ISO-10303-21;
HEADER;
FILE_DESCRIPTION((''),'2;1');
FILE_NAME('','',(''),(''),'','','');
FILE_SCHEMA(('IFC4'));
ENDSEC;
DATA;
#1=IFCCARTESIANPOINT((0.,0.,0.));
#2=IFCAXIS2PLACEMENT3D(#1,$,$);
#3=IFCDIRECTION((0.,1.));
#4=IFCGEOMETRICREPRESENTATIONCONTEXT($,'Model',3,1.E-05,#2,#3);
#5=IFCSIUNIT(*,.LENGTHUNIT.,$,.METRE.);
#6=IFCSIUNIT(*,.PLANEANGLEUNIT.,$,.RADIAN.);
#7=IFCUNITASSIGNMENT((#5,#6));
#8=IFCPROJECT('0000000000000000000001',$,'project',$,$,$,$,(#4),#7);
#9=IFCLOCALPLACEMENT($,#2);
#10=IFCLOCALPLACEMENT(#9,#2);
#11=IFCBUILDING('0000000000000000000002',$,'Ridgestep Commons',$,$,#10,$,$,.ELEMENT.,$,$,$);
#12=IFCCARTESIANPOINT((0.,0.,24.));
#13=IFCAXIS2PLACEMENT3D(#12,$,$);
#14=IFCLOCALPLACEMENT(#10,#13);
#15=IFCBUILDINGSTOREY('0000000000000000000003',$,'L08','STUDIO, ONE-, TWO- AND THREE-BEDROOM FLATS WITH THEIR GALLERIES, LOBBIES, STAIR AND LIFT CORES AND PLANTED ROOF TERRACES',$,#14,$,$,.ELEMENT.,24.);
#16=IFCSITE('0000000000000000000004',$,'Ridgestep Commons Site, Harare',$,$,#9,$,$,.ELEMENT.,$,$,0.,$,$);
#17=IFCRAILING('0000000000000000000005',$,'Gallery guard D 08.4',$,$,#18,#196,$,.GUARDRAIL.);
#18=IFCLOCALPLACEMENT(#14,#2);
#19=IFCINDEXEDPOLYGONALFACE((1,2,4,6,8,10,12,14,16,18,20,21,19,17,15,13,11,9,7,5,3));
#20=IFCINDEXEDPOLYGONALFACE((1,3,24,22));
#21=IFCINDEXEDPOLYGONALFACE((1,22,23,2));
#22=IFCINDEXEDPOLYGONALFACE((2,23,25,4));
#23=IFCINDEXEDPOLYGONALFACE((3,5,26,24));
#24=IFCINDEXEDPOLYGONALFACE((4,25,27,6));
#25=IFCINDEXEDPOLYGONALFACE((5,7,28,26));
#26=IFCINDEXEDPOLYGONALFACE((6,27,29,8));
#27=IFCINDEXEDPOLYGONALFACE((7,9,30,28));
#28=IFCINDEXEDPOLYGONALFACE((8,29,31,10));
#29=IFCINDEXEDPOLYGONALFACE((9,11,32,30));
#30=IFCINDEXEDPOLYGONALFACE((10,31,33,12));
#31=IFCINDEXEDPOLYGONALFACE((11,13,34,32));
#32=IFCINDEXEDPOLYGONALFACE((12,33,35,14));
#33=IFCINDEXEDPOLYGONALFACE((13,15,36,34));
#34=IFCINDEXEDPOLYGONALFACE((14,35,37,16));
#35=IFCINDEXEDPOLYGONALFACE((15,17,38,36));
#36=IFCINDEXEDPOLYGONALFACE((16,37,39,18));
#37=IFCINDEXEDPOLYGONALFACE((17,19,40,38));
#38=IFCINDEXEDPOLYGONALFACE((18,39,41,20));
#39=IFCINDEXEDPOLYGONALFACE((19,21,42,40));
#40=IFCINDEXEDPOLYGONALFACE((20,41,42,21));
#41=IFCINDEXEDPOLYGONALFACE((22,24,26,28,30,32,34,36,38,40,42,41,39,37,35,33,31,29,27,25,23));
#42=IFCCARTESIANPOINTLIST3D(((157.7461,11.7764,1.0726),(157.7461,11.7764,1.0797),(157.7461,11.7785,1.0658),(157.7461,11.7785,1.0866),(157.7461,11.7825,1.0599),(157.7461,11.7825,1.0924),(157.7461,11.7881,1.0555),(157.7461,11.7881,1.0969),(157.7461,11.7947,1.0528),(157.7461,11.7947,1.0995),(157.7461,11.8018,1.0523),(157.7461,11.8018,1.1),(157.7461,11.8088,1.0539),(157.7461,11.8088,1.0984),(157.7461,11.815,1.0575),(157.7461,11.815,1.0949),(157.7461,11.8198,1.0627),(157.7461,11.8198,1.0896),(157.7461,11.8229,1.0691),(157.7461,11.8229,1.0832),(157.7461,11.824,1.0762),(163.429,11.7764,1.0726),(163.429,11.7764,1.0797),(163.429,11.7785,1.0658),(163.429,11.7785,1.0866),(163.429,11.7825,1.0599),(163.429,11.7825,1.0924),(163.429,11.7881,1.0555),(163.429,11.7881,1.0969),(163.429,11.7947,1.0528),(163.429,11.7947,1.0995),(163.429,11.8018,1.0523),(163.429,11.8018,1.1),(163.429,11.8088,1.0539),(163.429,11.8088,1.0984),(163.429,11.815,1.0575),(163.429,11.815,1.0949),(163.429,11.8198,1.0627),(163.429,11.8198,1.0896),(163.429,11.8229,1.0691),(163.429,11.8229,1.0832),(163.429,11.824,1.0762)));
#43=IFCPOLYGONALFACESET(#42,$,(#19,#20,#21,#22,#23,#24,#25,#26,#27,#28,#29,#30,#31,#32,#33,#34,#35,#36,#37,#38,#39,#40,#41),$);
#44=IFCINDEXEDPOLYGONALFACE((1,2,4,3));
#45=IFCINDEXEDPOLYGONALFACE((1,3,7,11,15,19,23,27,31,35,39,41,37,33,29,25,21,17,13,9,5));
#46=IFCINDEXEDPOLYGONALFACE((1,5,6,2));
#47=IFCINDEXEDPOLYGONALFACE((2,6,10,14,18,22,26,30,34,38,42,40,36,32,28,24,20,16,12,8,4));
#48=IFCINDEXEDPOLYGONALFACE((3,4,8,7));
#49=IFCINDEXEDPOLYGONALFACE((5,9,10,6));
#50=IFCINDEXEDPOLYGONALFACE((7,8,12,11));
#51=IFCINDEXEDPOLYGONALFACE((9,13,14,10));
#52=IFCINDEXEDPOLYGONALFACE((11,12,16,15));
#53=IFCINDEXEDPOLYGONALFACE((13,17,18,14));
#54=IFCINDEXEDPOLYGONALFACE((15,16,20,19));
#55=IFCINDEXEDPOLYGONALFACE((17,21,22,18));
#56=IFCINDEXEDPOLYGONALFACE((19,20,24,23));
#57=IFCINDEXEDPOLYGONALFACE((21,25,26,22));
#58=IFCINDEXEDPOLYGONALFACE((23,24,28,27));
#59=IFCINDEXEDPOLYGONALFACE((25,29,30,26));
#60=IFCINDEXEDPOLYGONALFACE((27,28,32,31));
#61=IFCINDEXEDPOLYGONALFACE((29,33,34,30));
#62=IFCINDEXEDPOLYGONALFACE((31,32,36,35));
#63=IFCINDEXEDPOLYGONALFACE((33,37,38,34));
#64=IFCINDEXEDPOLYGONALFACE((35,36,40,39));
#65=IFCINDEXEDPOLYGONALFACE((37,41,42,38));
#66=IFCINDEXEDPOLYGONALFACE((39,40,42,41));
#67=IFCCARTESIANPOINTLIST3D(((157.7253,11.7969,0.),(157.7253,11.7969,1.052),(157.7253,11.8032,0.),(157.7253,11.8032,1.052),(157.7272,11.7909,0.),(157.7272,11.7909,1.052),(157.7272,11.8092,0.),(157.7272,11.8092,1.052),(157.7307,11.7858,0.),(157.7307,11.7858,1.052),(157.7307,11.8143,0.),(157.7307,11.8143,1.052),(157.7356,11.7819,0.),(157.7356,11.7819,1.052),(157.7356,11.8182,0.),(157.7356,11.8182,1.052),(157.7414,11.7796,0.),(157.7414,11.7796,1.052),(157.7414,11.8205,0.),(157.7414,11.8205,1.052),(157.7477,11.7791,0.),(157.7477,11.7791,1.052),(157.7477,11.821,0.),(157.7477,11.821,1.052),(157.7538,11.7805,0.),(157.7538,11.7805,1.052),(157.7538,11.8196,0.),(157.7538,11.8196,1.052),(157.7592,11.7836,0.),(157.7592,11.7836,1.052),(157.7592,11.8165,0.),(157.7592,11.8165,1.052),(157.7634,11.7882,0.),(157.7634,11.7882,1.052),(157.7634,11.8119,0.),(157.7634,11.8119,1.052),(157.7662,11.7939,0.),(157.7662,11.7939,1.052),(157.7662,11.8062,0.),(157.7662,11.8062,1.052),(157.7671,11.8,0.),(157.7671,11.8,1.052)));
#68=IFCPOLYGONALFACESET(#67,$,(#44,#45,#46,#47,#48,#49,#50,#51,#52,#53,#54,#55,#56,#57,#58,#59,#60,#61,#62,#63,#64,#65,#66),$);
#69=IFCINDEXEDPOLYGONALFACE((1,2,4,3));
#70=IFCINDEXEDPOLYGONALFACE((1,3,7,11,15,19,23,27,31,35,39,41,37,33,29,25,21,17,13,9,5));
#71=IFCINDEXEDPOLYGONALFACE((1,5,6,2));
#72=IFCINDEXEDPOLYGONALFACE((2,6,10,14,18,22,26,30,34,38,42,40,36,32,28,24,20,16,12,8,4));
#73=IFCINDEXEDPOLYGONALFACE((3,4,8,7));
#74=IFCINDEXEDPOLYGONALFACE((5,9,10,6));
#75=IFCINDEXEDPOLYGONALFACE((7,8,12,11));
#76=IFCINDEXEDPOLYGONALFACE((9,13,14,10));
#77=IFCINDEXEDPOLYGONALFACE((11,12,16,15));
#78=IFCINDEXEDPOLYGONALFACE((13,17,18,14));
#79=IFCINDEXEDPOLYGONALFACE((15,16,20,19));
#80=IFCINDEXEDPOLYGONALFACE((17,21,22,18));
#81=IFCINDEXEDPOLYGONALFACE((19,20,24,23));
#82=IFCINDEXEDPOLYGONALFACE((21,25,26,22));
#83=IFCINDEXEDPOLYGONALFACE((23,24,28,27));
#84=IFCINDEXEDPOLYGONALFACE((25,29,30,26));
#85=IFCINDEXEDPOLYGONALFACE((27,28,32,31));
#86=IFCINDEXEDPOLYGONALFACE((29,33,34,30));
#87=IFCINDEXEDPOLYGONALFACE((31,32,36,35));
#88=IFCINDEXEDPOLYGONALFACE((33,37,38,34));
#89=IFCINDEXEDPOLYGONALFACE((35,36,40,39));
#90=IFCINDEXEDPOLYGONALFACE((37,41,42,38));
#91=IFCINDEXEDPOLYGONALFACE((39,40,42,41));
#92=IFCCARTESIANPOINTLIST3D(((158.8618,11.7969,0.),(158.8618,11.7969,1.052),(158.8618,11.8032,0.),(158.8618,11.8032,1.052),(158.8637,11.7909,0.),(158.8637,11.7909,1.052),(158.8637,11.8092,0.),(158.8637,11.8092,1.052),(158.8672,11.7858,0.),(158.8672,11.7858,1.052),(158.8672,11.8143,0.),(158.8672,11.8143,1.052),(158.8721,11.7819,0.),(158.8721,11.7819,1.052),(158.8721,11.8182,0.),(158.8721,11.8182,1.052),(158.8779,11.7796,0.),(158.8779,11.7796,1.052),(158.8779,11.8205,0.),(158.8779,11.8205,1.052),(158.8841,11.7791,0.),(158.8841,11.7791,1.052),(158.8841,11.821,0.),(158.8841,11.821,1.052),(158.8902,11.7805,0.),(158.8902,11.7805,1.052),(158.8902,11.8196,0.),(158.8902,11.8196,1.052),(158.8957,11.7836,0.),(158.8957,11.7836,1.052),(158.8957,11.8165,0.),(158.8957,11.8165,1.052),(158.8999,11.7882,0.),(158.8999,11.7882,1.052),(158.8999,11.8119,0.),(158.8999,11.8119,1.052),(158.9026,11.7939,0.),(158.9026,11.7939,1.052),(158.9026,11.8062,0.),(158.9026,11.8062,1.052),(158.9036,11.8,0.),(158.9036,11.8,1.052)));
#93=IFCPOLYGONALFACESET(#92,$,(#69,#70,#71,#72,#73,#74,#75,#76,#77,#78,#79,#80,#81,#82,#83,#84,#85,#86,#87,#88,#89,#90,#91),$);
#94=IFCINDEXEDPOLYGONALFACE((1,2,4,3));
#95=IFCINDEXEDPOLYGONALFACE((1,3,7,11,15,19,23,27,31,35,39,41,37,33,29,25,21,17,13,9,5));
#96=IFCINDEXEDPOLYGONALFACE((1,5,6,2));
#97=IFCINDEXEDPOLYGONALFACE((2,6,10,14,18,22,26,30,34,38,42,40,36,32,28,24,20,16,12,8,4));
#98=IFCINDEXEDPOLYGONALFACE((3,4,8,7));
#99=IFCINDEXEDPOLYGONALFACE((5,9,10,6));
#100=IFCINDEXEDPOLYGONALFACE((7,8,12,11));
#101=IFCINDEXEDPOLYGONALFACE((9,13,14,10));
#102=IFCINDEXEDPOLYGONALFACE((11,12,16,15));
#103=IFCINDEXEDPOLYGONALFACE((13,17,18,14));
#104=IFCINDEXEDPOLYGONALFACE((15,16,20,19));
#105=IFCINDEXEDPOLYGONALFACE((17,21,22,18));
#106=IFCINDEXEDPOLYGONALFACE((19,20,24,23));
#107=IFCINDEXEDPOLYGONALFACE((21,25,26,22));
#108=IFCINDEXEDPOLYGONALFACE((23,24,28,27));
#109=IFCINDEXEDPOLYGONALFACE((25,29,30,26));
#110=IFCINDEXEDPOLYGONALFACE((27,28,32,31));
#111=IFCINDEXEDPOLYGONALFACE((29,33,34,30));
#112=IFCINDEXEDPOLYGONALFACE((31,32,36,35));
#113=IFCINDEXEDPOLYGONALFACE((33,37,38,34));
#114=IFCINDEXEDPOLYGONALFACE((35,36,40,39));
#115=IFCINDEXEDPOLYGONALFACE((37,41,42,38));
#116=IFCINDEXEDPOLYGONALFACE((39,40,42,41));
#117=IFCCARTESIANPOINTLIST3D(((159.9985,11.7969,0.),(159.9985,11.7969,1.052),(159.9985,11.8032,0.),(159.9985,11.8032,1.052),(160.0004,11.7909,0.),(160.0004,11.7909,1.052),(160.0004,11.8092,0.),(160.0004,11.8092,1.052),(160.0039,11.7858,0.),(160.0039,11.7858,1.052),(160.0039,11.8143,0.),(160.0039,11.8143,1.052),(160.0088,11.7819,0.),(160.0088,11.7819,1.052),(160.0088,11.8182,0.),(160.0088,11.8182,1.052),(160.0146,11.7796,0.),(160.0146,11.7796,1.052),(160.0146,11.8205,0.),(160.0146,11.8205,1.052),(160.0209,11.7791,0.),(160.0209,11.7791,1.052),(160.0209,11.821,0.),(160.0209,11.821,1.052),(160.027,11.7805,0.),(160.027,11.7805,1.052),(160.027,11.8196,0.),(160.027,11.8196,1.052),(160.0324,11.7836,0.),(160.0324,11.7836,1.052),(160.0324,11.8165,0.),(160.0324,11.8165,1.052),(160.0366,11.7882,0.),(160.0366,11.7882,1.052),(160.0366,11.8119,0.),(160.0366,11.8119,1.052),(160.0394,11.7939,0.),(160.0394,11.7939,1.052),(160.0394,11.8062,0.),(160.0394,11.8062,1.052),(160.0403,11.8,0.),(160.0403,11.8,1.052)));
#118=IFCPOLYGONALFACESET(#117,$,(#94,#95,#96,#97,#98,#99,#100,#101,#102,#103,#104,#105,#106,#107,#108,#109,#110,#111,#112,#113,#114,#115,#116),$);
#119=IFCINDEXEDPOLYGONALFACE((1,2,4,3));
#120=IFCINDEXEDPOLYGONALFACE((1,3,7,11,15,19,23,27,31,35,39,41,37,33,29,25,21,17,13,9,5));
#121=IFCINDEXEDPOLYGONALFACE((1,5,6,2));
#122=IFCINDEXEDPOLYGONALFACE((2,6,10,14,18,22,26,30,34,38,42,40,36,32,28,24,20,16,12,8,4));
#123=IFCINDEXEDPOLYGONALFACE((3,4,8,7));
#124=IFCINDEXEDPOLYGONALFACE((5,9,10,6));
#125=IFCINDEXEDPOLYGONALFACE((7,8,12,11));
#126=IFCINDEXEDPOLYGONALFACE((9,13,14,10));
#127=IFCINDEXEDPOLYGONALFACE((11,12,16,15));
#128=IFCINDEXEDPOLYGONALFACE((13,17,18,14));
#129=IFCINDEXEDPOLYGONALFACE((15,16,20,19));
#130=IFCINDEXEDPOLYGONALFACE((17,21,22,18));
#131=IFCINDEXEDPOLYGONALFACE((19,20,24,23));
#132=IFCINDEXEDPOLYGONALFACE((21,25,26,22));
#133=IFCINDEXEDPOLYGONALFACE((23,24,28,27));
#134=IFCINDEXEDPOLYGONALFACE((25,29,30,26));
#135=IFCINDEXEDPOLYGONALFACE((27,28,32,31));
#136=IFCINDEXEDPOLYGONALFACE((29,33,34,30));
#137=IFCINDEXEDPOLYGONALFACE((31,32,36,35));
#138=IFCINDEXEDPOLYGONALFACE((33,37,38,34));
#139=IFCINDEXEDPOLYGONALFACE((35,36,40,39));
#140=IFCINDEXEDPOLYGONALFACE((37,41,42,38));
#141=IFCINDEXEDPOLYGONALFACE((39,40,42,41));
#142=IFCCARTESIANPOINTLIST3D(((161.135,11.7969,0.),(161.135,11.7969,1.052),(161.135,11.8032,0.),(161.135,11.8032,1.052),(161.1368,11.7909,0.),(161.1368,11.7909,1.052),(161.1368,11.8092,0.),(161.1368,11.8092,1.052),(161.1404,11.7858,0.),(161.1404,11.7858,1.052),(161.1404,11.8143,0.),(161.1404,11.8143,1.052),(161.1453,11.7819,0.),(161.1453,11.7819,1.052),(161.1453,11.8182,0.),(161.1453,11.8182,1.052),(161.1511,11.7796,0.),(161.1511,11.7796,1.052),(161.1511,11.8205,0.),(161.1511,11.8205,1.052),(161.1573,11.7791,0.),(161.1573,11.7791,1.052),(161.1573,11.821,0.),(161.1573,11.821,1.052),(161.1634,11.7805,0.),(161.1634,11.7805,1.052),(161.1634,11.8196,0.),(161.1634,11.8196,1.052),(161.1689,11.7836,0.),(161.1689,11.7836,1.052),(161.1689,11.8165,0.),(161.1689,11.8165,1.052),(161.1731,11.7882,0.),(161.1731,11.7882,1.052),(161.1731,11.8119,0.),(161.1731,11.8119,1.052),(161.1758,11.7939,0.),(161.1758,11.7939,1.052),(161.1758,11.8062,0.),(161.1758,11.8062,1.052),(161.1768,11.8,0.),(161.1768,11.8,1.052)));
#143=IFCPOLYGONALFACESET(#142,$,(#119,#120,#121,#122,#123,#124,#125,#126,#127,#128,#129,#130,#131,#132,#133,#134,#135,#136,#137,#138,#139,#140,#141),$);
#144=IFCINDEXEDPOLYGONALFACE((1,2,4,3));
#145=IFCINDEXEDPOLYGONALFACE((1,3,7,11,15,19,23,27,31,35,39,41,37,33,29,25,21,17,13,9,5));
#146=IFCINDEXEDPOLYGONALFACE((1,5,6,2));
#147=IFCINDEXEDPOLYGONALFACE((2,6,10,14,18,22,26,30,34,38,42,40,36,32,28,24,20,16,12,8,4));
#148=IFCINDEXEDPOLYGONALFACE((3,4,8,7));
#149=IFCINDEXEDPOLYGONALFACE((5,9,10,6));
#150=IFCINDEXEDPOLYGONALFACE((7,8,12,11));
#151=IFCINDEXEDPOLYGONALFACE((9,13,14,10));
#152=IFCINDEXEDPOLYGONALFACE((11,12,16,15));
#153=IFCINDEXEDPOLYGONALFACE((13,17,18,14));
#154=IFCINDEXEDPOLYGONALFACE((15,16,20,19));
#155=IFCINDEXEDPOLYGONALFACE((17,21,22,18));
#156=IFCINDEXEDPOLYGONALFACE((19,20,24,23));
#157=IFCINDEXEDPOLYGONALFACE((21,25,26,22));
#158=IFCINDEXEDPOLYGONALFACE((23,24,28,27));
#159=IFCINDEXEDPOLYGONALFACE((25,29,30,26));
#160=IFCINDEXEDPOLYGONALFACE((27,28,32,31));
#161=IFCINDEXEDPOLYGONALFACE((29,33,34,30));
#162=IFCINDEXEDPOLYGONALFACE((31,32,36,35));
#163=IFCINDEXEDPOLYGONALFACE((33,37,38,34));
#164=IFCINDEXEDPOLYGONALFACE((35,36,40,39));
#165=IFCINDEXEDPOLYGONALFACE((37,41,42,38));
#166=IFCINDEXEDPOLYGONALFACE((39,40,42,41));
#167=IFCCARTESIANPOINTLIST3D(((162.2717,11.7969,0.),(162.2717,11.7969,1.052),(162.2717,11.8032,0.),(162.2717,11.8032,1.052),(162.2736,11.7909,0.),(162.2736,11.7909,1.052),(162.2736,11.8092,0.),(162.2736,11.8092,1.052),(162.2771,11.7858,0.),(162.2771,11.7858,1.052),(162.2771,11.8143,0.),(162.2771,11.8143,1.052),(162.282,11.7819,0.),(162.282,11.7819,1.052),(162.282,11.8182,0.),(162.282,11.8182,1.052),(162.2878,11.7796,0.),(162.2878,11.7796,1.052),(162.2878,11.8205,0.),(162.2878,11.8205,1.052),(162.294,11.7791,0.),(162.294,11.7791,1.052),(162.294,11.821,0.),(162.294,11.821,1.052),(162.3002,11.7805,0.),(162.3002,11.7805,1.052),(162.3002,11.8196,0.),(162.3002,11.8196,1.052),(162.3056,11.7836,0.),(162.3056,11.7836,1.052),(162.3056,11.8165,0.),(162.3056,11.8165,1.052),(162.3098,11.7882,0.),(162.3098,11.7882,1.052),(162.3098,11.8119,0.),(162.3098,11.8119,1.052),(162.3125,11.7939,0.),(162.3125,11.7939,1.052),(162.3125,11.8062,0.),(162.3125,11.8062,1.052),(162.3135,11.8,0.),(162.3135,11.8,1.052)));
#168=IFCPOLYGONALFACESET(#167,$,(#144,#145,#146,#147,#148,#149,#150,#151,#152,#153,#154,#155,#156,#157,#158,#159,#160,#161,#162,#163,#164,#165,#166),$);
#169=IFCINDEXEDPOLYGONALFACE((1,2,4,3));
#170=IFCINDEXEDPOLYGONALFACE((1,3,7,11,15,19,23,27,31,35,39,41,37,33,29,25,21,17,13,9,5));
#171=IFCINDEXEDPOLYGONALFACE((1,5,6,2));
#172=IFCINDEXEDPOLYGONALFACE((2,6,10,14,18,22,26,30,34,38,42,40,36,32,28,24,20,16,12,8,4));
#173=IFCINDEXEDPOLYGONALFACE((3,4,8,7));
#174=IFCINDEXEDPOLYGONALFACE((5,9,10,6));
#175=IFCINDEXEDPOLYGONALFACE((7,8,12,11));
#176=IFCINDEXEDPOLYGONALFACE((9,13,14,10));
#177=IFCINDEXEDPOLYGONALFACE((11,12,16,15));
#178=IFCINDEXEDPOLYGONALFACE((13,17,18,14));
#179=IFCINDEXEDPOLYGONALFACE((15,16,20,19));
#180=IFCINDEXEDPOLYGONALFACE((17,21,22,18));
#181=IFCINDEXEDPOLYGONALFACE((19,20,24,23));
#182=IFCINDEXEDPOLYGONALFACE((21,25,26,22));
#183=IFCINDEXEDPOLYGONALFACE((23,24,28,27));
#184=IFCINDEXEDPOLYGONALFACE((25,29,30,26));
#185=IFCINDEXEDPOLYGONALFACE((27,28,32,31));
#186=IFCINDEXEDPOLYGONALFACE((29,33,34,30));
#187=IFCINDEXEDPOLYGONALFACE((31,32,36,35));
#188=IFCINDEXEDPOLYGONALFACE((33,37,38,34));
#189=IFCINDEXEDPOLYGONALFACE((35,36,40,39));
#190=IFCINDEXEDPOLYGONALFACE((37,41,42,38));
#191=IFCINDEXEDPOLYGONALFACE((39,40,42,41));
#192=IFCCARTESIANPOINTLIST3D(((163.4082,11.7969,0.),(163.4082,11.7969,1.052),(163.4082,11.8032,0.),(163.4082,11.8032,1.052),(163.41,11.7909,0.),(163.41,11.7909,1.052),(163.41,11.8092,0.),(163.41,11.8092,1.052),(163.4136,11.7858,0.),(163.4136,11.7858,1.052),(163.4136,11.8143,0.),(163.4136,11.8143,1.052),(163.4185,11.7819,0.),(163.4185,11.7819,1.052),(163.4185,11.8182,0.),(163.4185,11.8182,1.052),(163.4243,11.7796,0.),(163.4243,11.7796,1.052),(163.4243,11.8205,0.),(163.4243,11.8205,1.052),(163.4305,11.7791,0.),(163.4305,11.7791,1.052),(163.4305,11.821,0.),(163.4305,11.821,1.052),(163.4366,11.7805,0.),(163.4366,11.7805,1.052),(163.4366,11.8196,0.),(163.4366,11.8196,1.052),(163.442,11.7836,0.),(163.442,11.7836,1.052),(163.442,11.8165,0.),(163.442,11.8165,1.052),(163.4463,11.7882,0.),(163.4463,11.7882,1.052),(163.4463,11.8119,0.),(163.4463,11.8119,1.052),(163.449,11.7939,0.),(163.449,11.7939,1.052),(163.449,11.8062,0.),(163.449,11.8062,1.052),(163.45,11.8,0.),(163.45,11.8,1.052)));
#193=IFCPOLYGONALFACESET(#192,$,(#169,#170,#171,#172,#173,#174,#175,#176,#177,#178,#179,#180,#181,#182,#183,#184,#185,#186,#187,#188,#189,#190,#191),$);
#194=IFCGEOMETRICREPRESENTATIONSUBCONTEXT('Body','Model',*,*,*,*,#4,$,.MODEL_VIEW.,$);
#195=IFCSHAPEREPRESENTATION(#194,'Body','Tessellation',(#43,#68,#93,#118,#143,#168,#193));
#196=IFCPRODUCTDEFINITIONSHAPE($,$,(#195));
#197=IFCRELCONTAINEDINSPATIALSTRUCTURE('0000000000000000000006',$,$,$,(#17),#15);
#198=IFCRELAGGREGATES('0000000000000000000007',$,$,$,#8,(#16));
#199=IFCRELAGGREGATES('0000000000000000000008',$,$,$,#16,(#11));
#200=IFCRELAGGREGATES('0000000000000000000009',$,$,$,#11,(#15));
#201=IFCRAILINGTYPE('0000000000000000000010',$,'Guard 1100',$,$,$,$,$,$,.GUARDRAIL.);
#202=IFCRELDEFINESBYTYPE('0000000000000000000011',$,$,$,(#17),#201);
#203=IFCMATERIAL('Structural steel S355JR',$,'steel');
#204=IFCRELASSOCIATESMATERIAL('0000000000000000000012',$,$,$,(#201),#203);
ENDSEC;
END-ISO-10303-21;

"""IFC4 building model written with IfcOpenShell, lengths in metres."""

from ifc_helpers import new_model, si_unit, direction, frame, origin, origin_2d, place, context, subcontext, project, spatial, circle, extrude, material, type_object, element, save


model = new_model("IFC4")

# Units and contexts
model_context = context("Model", 3, precision=1e-05, world=origin(), true_north=direction((0.0, 1.0)))
body_context = subcontext(model_context, "Body", "Model", "MODEL_VIEW")
ifc_project = project(units=[si_unit("LENGTHUNIT", "METRE"), si_unit("PLANEANGLEUNIT", "RADIAN")], contexts=[model_context])

# Site, building, storey
site_placement = place(None, origin())
site = spatial("IfcSite", under=ifc_project, at=site_placement, Name="Ridgestep Commons Site, Harare", CompositionType="ELEMENT", RefElevation=0.0)
building_placement = place(site_placement, origin())
building = spatial("IfcBuilding", under=site, at=building_placement, Name="Ridgestep Commons", CompositionType="ELEMENT")
storey_placement = place(building_placement, frame((0.0, 0.0, 24.0)))
storey = spatial("IfcBuildingStorey", under=building, at=storey_placement, Name="L08", Description="STUDIO, ONE-, TWO- AND THREE-BEDROOM FLATS WITH THEIR GALLERIES, LOBBIES, STAIR AND LIFT CORES AND PLANTED ROOF TERRACES", CompositionType="ELEMENT", Elevation=24.0)

# Railing
ifc_material_1 = material(Name="Structural steel S355JR", Category="steel")
railing_type_1 = type_object("IfcRailingType", Name="Guard 1100", PredefinedType="GUARDRAIL", material=ifc_material_1)
railing_1_placement = place(storey_placement, frame((157.7461, 11.8, 0.0)))
element("IfcRailing", 1, at=railing_1_placement, inside=storey, type_object=railing_type_1, Name="Gallery guard D 08.4", PredefinedType="GUARDRAIL", context=body_context, shape_type="SweptSolid", body=[
    extrude(circle(Radius=0.0239, at=origin_2d()), frame((0.0, 0.0, 1.0762), z_axis=(1.0, 0.0, 0.0), x_axis=(0.0, 1.0, 0.0)), (0.0, 0.0, 1.0), 5.6829),
    extrude(circle(Radius=0.021, at=origin_2d()), origin(), (0.0, 0.0, 1.0), 1.052),
    extrude(circle(Radius=0.021, at=origin_2d()), frame((1.1365, 0.0, 0.0)), (0.0, 0.0, 1.0), 1.052),
    extrude(circle(Radius=0.021, at=origin_2d()), frame((2.2732, 0.0, 0.0)), (0.0, 0.0, 1.0), 1.052),
    extrude(circle(Radius=0.021, at=origin_2d()), frame((3.4097, 0.0, 0.0)), (0.0, 0.0, 1.0), 1.052),
    extrude(circle(Radius=0.021, at=origin_2d()), frame((4.5464, 0.0, 0.0)), (0.0, 0.0, 1.0), 1.052),
    extrude(circle(Radius=0.021, at=origin_2d()), frame((5.6829, 0.0, 0.0)), (0.0, 0.0, 1.0), 1.052),
])

save(model, "model.ifc")
